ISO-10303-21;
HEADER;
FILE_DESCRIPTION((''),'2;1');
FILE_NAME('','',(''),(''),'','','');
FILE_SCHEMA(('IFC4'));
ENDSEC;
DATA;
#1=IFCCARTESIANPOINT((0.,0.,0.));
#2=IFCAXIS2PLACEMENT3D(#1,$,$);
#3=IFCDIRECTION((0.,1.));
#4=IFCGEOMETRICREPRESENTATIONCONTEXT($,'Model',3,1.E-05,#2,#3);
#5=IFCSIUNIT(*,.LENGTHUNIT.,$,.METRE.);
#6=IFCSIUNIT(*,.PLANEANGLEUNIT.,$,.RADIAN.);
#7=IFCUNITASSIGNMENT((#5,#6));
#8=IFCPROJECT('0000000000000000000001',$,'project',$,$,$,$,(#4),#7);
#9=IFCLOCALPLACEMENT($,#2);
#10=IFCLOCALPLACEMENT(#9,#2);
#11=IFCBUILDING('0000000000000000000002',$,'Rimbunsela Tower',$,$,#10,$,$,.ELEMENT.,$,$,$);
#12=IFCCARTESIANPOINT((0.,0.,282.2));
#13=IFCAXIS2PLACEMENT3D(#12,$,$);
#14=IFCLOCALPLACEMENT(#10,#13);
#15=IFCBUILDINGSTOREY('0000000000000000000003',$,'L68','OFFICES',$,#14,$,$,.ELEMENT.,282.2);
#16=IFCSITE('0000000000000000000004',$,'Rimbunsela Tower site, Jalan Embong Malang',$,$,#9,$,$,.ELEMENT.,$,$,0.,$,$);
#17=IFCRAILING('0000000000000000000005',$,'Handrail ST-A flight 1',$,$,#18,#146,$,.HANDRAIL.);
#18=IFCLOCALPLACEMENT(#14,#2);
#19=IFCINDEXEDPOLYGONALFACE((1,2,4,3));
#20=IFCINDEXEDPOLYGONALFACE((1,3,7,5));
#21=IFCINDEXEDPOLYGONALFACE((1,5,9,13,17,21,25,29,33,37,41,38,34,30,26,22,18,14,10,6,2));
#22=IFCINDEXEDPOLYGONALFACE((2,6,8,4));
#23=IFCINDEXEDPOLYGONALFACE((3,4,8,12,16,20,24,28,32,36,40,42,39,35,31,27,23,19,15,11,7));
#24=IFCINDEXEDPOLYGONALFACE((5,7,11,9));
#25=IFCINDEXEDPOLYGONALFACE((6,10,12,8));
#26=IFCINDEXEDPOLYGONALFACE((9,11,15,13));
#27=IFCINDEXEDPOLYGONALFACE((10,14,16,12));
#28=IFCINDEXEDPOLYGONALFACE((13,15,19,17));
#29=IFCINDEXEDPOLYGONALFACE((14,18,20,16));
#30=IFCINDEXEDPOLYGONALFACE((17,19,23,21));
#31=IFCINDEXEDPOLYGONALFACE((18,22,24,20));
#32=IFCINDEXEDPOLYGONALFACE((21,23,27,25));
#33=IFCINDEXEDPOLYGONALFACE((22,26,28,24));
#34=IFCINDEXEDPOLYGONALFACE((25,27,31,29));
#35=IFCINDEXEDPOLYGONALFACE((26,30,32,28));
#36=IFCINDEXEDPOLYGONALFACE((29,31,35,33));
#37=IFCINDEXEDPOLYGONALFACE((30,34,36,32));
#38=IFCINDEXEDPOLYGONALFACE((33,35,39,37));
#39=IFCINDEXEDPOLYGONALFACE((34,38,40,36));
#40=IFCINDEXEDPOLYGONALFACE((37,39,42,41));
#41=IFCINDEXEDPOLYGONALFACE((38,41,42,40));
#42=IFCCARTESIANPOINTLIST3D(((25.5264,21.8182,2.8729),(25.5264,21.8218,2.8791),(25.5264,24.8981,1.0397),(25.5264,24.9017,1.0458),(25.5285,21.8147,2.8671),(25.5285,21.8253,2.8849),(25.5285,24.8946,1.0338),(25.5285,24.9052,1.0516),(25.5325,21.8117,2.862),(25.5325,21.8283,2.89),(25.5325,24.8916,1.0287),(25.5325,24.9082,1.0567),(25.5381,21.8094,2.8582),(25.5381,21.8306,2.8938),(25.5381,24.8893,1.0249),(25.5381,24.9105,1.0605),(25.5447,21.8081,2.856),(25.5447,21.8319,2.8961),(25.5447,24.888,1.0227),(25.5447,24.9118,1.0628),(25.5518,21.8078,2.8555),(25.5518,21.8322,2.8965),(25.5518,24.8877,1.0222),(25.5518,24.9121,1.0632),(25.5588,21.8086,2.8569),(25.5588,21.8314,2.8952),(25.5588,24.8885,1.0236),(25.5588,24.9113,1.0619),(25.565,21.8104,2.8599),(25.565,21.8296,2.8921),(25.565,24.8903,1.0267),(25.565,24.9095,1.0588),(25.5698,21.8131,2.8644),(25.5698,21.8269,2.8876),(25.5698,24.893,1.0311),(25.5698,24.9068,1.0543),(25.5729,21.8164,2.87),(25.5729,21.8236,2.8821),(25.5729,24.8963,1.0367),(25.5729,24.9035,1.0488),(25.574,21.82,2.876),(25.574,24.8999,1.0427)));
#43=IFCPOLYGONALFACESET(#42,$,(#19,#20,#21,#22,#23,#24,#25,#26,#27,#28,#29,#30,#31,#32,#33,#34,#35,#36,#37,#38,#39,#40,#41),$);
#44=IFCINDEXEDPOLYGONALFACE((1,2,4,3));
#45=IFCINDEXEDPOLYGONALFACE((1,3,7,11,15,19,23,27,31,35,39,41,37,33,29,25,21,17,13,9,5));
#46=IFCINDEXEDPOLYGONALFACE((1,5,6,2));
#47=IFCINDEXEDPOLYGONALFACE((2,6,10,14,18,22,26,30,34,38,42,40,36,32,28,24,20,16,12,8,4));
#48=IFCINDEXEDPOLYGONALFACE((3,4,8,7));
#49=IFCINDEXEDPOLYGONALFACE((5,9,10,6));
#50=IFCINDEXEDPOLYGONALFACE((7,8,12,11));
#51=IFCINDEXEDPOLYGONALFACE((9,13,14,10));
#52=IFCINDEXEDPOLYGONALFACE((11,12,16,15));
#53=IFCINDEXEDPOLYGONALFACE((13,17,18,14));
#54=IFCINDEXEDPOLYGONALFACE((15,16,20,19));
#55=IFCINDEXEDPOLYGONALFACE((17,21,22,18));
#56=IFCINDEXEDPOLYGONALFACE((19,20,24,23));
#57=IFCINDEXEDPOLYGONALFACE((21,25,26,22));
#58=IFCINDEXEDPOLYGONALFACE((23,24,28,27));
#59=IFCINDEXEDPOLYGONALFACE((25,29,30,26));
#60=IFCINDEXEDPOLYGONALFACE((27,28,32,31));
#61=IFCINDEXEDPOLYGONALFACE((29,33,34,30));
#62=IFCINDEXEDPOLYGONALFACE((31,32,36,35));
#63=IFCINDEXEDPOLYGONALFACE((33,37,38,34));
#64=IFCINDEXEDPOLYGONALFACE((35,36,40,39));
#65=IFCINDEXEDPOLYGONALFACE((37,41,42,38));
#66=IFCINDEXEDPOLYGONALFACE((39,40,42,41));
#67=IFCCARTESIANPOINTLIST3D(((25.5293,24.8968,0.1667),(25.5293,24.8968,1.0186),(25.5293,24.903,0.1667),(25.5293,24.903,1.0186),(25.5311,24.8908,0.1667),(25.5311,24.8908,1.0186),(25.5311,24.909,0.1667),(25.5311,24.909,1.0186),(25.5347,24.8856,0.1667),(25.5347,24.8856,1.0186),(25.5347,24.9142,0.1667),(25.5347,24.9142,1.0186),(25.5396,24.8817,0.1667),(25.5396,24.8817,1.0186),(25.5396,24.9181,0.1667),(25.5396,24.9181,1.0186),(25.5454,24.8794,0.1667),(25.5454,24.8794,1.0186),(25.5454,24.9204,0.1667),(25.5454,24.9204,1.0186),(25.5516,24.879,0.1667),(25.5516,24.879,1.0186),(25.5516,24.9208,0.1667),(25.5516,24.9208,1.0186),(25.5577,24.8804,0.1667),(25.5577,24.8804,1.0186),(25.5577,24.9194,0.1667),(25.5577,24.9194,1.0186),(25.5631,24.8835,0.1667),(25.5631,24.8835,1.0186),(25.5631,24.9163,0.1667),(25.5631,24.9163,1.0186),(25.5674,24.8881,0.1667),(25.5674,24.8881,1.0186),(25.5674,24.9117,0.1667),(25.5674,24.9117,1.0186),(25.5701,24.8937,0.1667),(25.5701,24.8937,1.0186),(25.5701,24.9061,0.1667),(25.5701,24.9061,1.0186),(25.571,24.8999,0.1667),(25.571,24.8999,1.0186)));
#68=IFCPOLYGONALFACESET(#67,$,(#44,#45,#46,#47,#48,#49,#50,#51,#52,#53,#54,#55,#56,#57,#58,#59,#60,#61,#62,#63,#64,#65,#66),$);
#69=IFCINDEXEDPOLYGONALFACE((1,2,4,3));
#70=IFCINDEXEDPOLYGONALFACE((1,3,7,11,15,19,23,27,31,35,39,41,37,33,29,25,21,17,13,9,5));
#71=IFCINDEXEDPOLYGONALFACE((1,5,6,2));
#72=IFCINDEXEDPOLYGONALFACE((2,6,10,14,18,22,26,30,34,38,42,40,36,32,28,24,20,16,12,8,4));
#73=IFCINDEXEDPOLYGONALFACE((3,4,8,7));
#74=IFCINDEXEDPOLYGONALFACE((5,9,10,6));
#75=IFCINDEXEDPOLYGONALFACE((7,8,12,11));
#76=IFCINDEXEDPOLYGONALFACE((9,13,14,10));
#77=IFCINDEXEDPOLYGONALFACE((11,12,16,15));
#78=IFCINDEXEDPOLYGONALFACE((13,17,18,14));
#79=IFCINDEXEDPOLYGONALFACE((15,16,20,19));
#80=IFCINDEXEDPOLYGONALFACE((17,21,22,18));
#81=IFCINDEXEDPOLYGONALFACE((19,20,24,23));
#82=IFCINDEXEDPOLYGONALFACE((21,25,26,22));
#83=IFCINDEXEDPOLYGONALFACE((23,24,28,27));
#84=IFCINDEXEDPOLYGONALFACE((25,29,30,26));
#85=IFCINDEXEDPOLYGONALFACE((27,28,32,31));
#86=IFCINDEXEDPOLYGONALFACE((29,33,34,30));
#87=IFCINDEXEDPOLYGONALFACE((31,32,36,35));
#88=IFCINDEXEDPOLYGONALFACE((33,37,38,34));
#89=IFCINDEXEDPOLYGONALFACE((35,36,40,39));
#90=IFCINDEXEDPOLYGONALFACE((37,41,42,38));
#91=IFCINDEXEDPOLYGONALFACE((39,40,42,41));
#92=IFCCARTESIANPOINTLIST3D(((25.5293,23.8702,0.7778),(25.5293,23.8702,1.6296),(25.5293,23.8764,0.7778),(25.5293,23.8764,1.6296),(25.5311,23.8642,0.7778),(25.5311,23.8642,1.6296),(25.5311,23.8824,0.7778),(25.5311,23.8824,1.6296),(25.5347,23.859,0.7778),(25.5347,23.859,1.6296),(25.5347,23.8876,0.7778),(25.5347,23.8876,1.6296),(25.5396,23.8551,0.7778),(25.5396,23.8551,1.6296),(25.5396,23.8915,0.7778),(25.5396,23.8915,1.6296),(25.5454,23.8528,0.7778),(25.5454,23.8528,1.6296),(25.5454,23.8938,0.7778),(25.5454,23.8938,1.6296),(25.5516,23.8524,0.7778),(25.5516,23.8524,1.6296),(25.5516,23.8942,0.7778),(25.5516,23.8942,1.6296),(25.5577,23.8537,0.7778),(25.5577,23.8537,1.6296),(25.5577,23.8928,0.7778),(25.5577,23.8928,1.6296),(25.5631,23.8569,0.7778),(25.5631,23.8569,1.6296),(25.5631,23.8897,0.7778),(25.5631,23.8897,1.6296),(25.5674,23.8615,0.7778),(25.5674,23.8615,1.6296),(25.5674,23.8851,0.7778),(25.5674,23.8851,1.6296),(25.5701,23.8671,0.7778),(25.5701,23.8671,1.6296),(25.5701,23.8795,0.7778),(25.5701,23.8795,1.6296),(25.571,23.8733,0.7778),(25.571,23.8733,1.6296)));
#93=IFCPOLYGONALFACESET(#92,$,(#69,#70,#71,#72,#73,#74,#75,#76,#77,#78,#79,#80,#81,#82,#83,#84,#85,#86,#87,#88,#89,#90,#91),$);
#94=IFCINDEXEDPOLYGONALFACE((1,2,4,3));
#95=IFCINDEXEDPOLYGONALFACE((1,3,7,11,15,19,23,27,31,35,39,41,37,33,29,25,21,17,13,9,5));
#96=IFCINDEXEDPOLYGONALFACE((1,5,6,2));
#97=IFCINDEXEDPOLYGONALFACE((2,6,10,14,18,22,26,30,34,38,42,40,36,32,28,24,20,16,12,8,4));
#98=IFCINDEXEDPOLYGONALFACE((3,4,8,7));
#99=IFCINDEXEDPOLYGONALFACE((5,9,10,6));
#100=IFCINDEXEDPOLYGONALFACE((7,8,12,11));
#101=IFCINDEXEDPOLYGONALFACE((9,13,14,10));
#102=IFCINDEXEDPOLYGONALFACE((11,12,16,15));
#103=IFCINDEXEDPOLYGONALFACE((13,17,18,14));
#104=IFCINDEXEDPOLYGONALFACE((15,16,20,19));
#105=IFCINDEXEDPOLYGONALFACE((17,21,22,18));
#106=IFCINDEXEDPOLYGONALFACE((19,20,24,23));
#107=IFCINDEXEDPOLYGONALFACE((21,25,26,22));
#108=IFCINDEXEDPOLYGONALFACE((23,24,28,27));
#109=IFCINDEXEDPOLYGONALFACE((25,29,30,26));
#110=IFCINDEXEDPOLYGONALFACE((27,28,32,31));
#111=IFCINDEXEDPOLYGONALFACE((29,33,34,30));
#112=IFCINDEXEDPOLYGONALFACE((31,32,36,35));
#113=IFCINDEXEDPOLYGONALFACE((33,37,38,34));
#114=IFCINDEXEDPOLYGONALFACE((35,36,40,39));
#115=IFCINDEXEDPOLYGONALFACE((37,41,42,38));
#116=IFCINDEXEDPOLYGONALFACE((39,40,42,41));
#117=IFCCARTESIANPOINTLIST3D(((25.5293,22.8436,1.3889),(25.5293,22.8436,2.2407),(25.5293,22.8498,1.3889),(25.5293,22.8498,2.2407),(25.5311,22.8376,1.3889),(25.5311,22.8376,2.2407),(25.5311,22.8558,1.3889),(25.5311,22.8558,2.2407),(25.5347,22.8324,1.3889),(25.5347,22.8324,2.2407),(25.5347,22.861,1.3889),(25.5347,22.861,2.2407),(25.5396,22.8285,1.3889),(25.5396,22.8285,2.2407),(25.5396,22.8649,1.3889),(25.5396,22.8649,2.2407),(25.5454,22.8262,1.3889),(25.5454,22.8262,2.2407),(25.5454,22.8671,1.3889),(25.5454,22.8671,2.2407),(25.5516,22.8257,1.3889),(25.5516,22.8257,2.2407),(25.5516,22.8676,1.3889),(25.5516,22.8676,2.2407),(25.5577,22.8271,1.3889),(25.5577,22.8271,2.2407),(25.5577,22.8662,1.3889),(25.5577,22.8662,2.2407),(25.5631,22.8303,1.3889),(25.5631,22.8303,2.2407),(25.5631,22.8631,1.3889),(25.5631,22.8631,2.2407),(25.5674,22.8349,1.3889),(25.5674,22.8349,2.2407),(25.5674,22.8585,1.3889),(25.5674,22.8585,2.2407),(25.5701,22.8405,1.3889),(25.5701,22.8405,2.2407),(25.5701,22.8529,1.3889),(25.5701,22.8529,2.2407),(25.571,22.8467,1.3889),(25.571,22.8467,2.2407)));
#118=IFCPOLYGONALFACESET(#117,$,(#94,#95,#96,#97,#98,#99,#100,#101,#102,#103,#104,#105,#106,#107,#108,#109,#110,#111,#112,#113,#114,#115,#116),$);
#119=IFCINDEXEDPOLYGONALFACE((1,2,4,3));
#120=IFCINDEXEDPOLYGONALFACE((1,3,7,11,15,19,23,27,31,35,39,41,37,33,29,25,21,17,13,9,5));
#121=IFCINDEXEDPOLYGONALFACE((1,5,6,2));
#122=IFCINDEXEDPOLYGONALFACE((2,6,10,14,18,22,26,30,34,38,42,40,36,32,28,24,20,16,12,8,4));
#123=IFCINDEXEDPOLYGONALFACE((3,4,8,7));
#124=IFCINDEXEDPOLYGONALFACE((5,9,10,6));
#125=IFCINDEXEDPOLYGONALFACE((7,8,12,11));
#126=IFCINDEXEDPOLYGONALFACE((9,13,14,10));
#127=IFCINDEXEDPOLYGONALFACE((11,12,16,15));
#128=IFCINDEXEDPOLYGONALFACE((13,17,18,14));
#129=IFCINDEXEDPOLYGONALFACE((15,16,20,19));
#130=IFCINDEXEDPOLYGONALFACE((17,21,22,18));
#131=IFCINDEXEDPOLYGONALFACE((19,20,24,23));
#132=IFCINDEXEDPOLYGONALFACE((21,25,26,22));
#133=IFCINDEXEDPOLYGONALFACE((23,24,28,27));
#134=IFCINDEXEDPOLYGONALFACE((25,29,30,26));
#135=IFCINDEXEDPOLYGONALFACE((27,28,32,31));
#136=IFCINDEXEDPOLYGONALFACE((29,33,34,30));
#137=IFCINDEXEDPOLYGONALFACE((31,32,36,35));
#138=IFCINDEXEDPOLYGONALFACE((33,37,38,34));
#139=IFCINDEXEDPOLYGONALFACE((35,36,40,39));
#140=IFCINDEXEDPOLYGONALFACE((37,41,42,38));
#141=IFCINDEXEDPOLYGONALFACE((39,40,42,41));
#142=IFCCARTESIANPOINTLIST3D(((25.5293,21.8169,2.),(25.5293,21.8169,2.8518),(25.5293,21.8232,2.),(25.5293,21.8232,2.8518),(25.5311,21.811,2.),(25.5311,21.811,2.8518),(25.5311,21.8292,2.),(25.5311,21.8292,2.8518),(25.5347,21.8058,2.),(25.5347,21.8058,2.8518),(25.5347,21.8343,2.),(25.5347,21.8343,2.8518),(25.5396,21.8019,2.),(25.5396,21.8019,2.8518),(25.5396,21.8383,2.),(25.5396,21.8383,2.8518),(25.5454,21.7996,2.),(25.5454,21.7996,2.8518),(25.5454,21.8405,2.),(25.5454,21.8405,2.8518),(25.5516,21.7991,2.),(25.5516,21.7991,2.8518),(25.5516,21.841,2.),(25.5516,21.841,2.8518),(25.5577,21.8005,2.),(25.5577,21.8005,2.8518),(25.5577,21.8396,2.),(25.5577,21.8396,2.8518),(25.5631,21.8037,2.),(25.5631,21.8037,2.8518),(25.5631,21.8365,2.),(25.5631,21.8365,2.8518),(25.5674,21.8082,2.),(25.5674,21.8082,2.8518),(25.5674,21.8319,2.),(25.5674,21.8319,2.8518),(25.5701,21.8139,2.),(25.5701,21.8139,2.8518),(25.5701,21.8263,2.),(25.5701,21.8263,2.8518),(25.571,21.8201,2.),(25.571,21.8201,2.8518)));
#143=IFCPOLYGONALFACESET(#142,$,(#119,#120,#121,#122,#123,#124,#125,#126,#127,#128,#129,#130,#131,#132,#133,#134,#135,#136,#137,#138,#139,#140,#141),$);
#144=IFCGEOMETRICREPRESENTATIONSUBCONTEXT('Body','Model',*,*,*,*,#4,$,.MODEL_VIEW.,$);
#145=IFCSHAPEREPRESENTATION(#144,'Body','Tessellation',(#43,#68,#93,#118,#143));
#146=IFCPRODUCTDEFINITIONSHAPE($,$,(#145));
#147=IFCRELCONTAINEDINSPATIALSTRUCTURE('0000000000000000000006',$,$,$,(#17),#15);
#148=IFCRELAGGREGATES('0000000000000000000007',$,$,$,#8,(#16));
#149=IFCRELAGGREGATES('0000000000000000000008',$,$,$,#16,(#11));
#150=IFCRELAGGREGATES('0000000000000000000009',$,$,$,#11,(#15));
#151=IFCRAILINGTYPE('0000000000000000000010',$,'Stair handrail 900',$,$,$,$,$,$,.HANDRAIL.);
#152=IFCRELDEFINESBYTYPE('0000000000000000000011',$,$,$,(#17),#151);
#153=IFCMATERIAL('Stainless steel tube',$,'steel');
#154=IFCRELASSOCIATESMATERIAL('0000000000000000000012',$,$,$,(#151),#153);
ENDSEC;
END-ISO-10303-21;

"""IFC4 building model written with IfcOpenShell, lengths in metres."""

from ifc_helpers import new_model, si_unit, direction, frame, origin, origin_2d, place, context, subcontext, project, spatial, circle, extrude, material, type_object, element, save


model = new_model("IFC4")

# Units and contexts
model_context = context("Model", 3, precision=1e-05, world=origin(), true_north=direction((0.0, 1.0)))
body_context = subcontext(model_context, "Body", "Model", "MODEL_VIEW")
ifc_project = project(units=[si_unit("LENGTHUNIT", "METRE"), si_unit("PLANEANGLEUNIT", "RADIAN")], contexts=[model_context])

# Site, building, storey
site_placement = place(None, origin())
site = spatial("IfcSite", under=ifc_project, at=site_placement, Name="Rimbunsela Tower site, Jalan Embong Malang", CompositionType="ELEMENT", RefElevation=0.0)
building_placement = place(site_placement, origin())
building = spatial("IfcBuilding", under=site, at=building_placement, Name="Rimbunsela Tower", CompositionType="ELEMENT")
storey_placement = place(building_placement, frame((0.0, 0.0, 282.2)))
storey = spatial("IfcBuildingStorey", under=building, at=storey_placement, Name="L68", Description="OFFICES", CompositionType="ELEMENT", Elevation=282.2)

# Railing
ifc_material_1 = material(Name="Stainless steel tube", Category="steel")
railing_type = type_object("IfcRailingType", Name="Stair handrail 900", PredefinedType="HANDRAIL", material=ifc_material_1)
for number, where, name in (
    (1, (25.55, 24.8999, 0.1667), "Handrail ST-A flight 1"),
):
    element("IfcRailing", number, at=place(storey_placement, frame(where)), inside=storey, type_object=railing_type, Name=name, PredefinedType="HANDRAIL", context=body_context, shape_type="SweptSolid", body=[
        extrude(circle(Radius=0.0239, at=origin_2d()), frame((0.0, 0.0, 0.876), z_axis=(0.0, -0.859291, 0.511487), x_axis=(1.0, 0.0, 0.0)), (0.0, 0.0, 1.0), 3.5842),
        extrude(circle(Radius=0.021, at=origin_2d()), origin(), (0.0, 0.0, 1.0), 0.8518),
        extrude(circle(Radius=0.021, at=origin_2d()), frame((0.0, -1.0266, 0.6111)), (0.0, 0.0, 1.0), 0.8518),
        extrude(circle(Radius=0.021, at=origin_2d()), frame((0.0, -2.0532, 1.2222)), (0.0, 0.0, 1.0), 0.8518),
        extrude(circle(Radius=0.021, at=origin_2d()), frame((0.0, -3.0798, 1.8333)), (0.0, 0.0, 1.0), 0.8518),
    ])

save(model, "model.ifc")
